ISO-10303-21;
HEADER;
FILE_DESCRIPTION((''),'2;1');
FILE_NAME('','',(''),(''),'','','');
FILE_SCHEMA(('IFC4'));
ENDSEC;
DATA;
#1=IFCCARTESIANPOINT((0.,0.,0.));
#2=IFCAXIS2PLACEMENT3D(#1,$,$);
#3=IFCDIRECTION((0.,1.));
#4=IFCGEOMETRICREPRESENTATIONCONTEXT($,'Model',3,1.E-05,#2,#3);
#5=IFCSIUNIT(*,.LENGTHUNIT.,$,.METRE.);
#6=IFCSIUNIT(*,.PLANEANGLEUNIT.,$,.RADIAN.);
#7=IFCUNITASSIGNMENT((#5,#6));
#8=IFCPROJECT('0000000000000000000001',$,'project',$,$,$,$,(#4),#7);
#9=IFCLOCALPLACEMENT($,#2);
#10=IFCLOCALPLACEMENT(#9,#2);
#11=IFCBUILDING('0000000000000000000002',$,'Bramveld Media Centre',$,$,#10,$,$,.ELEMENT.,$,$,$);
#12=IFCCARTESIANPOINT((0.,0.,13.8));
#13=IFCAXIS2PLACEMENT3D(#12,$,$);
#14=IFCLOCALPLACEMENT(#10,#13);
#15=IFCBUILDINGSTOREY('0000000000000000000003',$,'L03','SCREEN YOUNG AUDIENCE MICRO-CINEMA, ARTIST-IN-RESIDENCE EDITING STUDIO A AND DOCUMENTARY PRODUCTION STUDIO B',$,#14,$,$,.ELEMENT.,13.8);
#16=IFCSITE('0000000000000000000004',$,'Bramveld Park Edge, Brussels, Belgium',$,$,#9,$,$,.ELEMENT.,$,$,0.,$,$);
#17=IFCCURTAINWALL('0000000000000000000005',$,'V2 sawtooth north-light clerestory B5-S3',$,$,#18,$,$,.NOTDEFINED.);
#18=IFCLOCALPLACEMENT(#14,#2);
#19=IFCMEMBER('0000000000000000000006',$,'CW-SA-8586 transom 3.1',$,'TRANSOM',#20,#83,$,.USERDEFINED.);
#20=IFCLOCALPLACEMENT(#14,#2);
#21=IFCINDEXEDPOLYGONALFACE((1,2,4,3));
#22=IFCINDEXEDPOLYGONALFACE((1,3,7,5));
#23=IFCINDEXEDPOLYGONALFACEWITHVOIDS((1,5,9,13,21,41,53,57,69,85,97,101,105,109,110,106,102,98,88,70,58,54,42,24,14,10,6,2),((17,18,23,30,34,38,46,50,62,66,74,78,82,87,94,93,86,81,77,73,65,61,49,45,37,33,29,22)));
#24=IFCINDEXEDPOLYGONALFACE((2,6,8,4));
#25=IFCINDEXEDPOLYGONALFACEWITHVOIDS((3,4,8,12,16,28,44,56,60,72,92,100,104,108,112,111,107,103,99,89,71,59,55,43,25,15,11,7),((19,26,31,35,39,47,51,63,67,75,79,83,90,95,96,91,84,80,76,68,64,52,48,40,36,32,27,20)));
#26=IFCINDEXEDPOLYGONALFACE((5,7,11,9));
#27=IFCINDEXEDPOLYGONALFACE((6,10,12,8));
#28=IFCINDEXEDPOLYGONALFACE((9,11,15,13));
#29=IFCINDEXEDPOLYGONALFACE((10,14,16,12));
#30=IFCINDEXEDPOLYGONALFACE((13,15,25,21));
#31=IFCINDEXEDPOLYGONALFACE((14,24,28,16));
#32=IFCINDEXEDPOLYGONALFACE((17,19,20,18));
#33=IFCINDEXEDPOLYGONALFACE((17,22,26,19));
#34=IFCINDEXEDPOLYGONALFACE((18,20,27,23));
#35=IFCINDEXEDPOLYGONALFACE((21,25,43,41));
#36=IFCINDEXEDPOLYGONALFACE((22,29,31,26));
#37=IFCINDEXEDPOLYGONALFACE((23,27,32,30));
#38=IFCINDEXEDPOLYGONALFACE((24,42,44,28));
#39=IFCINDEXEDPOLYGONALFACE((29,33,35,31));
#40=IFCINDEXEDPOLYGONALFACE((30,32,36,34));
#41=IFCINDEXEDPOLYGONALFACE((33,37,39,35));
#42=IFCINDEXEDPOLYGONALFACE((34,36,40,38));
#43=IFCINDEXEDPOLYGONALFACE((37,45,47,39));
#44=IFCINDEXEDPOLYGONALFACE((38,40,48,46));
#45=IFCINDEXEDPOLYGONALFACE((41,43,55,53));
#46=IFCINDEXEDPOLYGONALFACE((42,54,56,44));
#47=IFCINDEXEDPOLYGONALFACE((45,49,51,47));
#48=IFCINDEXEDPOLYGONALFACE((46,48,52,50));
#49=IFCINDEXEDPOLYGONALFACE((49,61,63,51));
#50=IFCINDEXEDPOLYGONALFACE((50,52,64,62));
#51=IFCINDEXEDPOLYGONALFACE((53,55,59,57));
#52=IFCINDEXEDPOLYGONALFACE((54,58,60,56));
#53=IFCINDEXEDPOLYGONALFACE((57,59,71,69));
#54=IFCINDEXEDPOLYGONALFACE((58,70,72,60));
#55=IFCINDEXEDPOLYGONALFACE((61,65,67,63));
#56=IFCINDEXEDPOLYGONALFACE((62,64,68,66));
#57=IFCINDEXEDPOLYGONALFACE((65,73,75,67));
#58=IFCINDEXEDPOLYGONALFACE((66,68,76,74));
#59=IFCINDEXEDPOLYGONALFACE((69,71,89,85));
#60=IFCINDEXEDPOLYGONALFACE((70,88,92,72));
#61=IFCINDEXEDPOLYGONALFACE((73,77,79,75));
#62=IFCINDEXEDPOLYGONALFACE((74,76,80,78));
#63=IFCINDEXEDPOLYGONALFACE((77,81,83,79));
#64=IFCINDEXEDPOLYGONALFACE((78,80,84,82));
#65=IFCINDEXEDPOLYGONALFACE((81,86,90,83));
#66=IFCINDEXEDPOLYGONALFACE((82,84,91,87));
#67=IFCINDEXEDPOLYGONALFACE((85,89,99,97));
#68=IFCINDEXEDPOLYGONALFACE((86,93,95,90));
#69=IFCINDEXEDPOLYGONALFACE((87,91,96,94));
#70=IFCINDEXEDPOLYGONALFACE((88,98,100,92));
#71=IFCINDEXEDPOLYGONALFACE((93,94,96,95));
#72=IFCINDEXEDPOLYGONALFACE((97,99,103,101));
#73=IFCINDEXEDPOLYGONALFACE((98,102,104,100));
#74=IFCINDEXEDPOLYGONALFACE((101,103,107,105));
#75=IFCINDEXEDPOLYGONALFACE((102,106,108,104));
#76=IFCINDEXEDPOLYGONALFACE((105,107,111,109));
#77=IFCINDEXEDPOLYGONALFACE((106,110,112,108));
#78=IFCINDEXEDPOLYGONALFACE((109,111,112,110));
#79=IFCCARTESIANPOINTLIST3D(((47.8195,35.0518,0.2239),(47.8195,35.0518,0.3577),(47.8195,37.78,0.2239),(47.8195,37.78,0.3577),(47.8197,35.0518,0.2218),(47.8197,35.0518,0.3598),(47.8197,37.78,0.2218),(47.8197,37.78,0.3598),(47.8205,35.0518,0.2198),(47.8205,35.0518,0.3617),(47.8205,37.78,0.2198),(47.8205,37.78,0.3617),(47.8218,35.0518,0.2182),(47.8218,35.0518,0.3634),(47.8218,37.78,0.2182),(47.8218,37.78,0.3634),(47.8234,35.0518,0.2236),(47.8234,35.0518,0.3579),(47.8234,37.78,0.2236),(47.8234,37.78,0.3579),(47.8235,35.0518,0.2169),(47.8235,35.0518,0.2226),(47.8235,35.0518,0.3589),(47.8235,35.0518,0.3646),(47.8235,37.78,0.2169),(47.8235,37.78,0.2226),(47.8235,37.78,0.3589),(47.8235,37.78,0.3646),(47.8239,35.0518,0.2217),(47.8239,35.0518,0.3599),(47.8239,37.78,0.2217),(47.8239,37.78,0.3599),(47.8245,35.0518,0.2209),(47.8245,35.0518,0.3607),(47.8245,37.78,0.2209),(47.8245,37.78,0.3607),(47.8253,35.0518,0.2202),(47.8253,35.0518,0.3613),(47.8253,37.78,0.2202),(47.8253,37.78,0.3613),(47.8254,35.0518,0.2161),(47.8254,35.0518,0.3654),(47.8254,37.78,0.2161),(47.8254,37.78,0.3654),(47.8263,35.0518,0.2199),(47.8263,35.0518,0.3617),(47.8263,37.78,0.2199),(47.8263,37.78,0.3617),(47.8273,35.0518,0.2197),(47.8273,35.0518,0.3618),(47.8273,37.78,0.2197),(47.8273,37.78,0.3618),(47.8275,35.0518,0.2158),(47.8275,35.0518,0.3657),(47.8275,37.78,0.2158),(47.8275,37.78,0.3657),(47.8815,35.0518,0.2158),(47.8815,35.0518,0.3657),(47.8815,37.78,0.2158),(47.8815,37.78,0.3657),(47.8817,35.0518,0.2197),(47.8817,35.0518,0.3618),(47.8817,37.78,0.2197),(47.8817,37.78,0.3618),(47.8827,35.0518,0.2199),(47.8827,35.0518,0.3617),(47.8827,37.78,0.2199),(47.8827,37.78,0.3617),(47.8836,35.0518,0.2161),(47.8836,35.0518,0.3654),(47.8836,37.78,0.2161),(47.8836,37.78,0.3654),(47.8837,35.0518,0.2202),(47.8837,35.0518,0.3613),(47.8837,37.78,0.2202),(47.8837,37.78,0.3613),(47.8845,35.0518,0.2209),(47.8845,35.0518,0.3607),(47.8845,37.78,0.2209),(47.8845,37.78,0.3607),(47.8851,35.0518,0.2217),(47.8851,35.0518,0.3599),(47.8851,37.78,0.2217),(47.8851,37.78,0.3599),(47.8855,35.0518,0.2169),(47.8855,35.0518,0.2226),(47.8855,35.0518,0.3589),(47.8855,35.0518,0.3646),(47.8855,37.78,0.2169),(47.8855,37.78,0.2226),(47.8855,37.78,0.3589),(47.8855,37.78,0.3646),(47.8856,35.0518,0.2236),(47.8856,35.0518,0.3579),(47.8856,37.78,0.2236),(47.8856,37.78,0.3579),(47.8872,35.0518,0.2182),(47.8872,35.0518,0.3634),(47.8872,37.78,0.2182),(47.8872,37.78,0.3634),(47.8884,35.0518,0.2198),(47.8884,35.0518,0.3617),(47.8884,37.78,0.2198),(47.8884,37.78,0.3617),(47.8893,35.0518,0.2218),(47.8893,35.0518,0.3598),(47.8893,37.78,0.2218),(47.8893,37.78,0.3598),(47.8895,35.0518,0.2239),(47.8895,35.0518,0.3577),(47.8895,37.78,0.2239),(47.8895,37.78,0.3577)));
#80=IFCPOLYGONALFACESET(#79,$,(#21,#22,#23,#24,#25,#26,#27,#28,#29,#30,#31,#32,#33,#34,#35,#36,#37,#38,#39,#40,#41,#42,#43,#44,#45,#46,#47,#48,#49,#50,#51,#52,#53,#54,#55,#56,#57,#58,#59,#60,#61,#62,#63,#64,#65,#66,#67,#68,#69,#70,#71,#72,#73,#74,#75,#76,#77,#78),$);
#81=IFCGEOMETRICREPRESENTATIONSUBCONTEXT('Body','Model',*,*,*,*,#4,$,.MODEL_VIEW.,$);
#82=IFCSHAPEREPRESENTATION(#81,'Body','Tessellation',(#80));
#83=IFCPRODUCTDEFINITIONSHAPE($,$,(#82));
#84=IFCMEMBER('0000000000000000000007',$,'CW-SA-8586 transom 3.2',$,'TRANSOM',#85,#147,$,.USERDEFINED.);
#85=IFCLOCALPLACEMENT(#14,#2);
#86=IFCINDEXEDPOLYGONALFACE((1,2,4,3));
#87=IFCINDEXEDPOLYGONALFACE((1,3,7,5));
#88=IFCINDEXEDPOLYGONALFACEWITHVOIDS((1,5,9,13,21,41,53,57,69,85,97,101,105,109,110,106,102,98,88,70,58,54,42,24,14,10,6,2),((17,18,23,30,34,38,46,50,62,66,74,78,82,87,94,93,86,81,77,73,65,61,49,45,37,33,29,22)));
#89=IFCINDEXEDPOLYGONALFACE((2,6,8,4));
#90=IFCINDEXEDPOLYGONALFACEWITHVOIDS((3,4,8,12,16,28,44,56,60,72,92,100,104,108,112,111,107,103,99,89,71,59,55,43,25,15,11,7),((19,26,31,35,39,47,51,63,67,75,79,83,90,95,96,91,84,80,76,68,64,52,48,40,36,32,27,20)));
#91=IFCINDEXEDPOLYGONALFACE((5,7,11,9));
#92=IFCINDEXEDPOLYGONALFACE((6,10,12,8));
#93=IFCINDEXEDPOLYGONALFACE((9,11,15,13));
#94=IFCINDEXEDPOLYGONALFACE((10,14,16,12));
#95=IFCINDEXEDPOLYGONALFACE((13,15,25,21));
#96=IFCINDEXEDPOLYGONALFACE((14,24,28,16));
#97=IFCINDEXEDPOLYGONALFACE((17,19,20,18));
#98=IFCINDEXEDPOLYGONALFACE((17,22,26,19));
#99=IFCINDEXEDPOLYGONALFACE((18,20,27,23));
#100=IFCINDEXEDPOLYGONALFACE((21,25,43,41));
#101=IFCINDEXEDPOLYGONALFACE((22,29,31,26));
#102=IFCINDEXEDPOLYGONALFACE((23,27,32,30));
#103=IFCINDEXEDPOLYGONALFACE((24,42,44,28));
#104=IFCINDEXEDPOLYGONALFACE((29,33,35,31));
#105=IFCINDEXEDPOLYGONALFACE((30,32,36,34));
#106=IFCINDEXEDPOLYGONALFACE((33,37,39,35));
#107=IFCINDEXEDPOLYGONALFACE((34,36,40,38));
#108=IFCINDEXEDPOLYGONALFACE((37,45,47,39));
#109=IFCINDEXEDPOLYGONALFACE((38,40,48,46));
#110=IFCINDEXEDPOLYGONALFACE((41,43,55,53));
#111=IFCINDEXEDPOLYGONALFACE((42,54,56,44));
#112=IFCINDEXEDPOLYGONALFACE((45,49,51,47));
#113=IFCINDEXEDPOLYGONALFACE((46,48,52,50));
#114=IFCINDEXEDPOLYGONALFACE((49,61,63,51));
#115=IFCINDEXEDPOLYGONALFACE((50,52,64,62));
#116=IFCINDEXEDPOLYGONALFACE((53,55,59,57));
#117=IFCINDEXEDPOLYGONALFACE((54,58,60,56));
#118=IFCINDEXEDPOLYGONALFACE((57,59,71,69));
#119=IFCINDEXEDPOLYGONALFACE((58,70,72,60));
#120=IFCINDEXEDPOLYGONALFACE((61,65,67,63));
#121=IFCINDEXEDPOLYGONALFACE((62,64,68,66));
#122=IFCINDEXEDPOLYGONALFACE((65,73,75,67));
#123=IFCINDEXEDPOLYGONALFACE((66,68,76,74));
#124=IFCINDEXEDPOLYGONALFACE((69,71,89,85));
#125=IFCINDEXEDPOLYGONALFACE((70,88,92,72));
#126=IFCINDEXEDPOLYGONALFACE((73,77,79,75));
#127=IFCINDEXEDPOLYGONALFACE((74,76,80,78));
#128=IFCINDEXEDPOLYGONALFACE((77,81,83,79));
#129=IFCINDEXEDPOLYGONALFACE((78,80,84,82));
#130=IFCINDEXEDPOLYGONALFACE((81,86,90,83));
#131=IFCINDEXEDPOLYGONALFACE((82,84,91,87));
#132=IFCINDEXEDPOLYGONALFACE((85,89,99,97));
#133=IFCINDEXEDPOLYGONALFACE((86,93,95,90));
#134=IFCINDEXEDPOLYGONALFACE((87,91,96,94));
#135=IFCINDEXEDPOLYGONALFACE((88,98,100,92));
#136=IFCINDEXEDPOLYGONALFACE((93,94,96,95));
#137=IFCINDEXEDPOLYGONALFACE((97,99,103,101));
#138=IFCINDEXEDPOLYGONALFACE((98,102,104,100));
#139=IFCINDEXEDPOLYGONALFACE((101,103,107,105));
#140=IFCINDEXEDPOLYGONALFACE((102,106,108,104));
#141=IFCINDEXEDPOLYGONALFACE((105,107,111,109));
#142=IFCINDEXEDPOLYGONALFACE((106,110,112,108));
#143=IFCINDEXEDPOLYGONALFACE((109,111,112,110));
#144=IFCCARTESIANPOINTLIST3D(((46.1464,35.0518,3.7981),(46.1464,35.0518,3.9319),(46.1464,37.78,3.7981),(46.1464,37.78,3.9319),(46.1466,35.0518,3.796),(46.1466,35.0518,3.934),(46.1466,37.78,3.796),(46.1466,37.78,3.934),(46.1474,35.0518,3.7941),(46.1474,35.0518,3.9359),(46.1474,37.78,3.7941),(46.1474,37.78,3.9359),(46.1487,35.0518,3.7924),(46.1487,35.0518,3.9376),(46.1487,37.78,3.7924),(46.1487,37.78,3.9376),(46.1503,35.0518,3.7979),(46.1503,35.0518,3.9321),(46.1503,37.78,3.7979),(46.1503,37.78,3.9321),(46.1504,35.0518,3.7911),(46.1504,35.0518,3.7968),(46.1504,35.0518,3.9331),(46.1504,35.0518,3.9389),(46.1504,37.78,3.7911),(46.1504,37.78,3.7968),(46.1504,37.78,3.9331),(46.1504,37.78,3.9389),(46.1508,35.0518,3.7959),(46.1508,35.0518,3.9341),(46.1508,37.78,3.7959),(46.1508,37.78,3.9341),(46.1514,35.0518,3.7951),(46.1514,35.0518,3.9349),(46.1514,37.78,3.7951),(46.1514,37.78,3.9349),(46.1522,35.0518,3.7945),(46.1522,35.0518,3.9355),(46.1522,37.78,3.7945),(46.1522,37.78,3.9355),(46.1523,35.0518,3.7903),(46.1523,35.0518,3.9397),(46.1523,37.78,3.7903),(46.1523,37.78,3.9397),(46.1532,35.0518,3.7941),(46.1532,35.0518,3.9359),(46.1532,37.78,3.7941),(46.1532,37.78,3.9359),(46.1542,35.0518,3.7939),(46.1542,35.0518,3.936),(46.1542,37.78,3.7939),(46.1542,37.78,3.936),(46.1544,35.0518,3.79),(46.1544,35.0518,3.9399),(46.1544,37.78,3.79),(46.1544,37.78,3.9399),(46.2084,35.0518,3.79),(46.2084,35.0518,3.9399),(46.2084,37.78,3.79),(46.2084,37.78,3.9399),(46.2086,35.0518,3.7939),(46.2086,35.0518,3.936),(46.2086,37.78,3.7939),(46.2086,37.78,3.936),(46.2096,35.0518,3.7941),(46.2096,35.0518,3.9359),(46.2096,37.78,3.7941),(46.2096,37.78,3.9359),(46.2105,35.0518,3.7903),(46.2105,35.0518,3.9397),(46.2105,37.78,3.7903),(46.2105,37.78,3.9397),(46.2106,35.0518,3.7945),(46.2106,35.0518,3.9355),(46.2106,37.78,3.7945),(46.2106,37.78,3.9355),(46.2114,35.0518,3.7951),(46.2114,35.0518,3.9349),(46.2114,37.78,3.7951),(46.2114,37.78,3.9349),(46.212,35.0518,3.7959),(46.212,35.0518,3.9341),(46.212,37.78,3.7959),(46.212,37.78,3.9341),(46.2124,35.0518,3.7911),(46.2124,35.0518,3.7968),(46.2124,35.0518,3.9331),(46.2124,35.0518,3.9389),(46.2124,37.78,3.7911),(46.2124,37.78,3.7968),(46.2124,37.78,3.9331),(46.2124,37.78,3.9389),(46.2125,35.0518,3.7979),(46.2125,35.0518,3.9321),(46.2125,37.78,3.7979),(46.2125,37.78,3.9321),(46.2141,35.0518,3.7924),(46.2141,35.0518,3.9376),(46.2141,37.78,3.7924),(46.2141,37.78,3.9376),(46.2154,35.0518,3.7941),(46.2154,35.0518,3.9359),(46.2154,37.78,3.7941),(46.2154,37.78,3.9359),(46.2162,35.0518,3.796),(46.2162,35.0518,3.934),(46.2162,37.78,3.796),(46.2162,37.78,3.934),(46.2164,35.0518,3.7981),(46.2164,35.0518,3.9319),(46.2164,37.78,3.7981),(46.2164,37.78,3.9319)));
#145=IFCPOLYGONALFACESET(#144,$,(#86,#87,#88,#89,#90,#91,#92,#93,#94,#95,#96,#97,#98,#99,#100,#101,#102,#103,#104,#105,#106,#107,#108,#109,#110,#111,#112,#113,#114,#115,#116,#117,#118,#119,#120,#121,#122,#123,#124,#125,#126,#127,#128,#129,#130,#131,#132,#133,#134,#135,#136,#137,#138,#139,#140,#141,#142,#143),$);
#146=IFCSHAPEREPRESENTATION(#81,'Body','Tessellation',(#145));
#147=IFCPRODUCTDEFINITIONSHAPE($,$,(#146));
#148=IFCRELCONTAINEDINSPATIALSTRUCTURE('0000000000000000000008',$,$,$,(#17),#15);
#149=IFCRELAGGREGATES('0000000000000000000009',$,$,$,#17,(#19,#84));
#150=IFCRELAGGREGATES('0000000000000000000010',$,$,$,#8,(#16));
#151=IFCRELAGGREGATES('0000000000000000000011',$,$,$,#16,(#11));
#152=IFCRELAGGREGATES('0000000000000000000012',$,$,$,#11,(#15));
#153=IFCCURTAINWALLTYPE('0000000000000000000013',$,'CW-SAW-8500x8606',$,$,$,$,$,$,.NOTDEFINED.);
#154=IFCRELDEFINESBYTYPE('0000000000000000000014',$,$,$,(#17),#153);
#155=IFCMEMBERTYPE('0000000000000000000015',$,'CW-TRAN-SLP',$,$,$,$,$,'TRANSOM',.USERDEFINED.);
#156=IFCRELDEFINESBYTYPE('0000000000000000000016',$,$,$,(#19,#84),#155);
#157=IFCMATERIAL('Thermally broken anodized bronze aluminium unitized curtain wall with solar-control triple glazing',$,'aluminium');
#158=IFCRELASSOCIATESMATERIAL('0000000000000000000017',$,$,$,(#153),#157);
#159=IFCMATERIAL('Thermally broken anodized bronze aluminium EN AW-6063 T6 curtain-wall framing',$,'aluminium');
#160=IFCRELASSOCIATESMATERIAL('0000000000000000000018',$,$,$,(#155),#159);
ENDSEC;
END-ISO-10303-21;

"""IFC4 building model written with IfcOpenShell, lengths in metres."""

from ifc_helpers import new_model, si_unit, direction, frame, origin, origin_2d, place, context, subcontext, project, spatial, hollow_rectangle, extrude, material, material_profile, profile_set, type_object, element, aggregate, save


model = new_model("IFC4")

# Units and contexts
model_context = context("Model", 3, precision=1e-05, world=origin(), true_north=direction((0.0, 1.0)))
body_context = subcontext(model_context, "Body", "Model", "MODEL_VIEW")
ifc_project = project(units=[si_unit("LENGTHUNIT", "METRE"), si_unit("PLANEANGLEUNIT", "RADIAN")], contexts=[model_context])

# Site, building, storey
site_placement = place(None, origin())
site = spatial("IfcSite", under=ifc_project, at=site_placement, Name="Bramveld Park Edge, Brussels, Belgium", CompositionType="ELEMENT", RefElevation=0.0)
building_placement = place(site_placement, origin())
building = spatial("IfcBuilding", under=site, at=building_placement, Name="Bramveld Media Centre", CompositionType="ELEMENT")
storey_placement = place(building_placement, frame((0.0, 0.0, 13.8)))
storey = spatial("IfcBuildingStorey", under=building, at=storey_placement, Name="L03", Description="SCREEN YOUNG AUDIENCE MICRO-CINEMA, ARTIST-IN-RESIDENCE EDITING STUDIO A AND DOCUMENTARY PRODUCTION STUDIO B", CompositionType="ELEMENT", Elevation=13.8)

# Curtain wall, members
ifc_material_1 = material(Name="Thermally broken anodized bronze aluminium unitized curtain wall with solar-control triple glazing", Category="aluminium")
curtain_wall_type = type_object("IfcCurtainWallType", Name="CW-SAW-8500x8606", PredefinedType="NOTDEFINED", material=ifc_material_1)
curtain_wall_placement = place(storey_placement, origin())
curtain_wall = element("IfcCurtainWall", 1, at=curtain_wall_placement, inside=storey, type_object=curtain_wall_type, Name="V2 sawtooth north-light clerestory B5-S3", PredefinedType="NOTDEFINED")
ifc_material_2 = material(Name="Thermally broken anodized bronze aluminium EN AW-6063 T6 curtain-wall framing", Category="aluminium")
ifc_material_profile_1 = material_profile(ifc_material_2, hollow_rectangle(XDim=0.0701, YDim=0.1499, WallThickness=0.0039, InnerFilletRadius=0.0039, OuterFilletRadius=0.0081, at=origin_2d()), Name="AL-TRAN 70x150")
ifc_profile_set_1 = profile_set([ifc_material_profile_1], Name="Thermally broken anodized bronze aluminium EN AW-6063 T6 curtain-wall framing")
member_type_1 = type_object("IfcMemberType", Name="CW-TRAN-SLP", ElementType="TRANSOM", PredefinedType="USERDEFINED", material=ifc_profile_set_1)
member_1_placement = place(storey_placement, frame((47.8545, 35.0518, 0.2908), z_axis=(0.0, 1.0, 0.0), x_axis=(-1.0, 0.0, 0.0)))
member_1 = element("IfcMember", 2, at=member_1_placement, type_object=member_type_1, Name="CW-SA-8586 transom 3.1", ObjectType="TRANSOM", PredefinedType="USERDEFINED", context=body_context, shape_type="SweptSolid", body=[
    extrude(hollow_rectangle(XDim=0.0701, YDim=0.1499, WallThickness=0.0039, InnerFilletRadius=0.0039, OuterFilletRadius=0.0081, at=origin_2d()), origin(), (0.0, 0.0, 1.0), 2.7283),
])
member_2_placement = place(storey_placement, frame((46.1814, 35.0518, 3.865), z_axis=(0.0, 1.0, 0.0), x_axis=(-1.0, 0.0, 0.0)))
member_2 = element("IfcMember", 3, at=member_2_placement, type_object=member_type_1, Name="CW-SA-8586 transom 3.2", ObjectType="TRANSOM", PredefinedType="USERDEFINED", context=body_context, shape_type="SweptSolid", body=[
    extrude(hollow_rectangle(XDim=0.0701, YDim=0.1499, WallThickness=0.0039, InnerFilletRadius=0.0039, OuterFilletRadius=0.0081, at=origin_2d()), origin(), (0.0, 0.0, 1.0), 2.7283),
])

aggregate(curtain_wall, [member_1, member_2])

save(model, "model.ifc")
